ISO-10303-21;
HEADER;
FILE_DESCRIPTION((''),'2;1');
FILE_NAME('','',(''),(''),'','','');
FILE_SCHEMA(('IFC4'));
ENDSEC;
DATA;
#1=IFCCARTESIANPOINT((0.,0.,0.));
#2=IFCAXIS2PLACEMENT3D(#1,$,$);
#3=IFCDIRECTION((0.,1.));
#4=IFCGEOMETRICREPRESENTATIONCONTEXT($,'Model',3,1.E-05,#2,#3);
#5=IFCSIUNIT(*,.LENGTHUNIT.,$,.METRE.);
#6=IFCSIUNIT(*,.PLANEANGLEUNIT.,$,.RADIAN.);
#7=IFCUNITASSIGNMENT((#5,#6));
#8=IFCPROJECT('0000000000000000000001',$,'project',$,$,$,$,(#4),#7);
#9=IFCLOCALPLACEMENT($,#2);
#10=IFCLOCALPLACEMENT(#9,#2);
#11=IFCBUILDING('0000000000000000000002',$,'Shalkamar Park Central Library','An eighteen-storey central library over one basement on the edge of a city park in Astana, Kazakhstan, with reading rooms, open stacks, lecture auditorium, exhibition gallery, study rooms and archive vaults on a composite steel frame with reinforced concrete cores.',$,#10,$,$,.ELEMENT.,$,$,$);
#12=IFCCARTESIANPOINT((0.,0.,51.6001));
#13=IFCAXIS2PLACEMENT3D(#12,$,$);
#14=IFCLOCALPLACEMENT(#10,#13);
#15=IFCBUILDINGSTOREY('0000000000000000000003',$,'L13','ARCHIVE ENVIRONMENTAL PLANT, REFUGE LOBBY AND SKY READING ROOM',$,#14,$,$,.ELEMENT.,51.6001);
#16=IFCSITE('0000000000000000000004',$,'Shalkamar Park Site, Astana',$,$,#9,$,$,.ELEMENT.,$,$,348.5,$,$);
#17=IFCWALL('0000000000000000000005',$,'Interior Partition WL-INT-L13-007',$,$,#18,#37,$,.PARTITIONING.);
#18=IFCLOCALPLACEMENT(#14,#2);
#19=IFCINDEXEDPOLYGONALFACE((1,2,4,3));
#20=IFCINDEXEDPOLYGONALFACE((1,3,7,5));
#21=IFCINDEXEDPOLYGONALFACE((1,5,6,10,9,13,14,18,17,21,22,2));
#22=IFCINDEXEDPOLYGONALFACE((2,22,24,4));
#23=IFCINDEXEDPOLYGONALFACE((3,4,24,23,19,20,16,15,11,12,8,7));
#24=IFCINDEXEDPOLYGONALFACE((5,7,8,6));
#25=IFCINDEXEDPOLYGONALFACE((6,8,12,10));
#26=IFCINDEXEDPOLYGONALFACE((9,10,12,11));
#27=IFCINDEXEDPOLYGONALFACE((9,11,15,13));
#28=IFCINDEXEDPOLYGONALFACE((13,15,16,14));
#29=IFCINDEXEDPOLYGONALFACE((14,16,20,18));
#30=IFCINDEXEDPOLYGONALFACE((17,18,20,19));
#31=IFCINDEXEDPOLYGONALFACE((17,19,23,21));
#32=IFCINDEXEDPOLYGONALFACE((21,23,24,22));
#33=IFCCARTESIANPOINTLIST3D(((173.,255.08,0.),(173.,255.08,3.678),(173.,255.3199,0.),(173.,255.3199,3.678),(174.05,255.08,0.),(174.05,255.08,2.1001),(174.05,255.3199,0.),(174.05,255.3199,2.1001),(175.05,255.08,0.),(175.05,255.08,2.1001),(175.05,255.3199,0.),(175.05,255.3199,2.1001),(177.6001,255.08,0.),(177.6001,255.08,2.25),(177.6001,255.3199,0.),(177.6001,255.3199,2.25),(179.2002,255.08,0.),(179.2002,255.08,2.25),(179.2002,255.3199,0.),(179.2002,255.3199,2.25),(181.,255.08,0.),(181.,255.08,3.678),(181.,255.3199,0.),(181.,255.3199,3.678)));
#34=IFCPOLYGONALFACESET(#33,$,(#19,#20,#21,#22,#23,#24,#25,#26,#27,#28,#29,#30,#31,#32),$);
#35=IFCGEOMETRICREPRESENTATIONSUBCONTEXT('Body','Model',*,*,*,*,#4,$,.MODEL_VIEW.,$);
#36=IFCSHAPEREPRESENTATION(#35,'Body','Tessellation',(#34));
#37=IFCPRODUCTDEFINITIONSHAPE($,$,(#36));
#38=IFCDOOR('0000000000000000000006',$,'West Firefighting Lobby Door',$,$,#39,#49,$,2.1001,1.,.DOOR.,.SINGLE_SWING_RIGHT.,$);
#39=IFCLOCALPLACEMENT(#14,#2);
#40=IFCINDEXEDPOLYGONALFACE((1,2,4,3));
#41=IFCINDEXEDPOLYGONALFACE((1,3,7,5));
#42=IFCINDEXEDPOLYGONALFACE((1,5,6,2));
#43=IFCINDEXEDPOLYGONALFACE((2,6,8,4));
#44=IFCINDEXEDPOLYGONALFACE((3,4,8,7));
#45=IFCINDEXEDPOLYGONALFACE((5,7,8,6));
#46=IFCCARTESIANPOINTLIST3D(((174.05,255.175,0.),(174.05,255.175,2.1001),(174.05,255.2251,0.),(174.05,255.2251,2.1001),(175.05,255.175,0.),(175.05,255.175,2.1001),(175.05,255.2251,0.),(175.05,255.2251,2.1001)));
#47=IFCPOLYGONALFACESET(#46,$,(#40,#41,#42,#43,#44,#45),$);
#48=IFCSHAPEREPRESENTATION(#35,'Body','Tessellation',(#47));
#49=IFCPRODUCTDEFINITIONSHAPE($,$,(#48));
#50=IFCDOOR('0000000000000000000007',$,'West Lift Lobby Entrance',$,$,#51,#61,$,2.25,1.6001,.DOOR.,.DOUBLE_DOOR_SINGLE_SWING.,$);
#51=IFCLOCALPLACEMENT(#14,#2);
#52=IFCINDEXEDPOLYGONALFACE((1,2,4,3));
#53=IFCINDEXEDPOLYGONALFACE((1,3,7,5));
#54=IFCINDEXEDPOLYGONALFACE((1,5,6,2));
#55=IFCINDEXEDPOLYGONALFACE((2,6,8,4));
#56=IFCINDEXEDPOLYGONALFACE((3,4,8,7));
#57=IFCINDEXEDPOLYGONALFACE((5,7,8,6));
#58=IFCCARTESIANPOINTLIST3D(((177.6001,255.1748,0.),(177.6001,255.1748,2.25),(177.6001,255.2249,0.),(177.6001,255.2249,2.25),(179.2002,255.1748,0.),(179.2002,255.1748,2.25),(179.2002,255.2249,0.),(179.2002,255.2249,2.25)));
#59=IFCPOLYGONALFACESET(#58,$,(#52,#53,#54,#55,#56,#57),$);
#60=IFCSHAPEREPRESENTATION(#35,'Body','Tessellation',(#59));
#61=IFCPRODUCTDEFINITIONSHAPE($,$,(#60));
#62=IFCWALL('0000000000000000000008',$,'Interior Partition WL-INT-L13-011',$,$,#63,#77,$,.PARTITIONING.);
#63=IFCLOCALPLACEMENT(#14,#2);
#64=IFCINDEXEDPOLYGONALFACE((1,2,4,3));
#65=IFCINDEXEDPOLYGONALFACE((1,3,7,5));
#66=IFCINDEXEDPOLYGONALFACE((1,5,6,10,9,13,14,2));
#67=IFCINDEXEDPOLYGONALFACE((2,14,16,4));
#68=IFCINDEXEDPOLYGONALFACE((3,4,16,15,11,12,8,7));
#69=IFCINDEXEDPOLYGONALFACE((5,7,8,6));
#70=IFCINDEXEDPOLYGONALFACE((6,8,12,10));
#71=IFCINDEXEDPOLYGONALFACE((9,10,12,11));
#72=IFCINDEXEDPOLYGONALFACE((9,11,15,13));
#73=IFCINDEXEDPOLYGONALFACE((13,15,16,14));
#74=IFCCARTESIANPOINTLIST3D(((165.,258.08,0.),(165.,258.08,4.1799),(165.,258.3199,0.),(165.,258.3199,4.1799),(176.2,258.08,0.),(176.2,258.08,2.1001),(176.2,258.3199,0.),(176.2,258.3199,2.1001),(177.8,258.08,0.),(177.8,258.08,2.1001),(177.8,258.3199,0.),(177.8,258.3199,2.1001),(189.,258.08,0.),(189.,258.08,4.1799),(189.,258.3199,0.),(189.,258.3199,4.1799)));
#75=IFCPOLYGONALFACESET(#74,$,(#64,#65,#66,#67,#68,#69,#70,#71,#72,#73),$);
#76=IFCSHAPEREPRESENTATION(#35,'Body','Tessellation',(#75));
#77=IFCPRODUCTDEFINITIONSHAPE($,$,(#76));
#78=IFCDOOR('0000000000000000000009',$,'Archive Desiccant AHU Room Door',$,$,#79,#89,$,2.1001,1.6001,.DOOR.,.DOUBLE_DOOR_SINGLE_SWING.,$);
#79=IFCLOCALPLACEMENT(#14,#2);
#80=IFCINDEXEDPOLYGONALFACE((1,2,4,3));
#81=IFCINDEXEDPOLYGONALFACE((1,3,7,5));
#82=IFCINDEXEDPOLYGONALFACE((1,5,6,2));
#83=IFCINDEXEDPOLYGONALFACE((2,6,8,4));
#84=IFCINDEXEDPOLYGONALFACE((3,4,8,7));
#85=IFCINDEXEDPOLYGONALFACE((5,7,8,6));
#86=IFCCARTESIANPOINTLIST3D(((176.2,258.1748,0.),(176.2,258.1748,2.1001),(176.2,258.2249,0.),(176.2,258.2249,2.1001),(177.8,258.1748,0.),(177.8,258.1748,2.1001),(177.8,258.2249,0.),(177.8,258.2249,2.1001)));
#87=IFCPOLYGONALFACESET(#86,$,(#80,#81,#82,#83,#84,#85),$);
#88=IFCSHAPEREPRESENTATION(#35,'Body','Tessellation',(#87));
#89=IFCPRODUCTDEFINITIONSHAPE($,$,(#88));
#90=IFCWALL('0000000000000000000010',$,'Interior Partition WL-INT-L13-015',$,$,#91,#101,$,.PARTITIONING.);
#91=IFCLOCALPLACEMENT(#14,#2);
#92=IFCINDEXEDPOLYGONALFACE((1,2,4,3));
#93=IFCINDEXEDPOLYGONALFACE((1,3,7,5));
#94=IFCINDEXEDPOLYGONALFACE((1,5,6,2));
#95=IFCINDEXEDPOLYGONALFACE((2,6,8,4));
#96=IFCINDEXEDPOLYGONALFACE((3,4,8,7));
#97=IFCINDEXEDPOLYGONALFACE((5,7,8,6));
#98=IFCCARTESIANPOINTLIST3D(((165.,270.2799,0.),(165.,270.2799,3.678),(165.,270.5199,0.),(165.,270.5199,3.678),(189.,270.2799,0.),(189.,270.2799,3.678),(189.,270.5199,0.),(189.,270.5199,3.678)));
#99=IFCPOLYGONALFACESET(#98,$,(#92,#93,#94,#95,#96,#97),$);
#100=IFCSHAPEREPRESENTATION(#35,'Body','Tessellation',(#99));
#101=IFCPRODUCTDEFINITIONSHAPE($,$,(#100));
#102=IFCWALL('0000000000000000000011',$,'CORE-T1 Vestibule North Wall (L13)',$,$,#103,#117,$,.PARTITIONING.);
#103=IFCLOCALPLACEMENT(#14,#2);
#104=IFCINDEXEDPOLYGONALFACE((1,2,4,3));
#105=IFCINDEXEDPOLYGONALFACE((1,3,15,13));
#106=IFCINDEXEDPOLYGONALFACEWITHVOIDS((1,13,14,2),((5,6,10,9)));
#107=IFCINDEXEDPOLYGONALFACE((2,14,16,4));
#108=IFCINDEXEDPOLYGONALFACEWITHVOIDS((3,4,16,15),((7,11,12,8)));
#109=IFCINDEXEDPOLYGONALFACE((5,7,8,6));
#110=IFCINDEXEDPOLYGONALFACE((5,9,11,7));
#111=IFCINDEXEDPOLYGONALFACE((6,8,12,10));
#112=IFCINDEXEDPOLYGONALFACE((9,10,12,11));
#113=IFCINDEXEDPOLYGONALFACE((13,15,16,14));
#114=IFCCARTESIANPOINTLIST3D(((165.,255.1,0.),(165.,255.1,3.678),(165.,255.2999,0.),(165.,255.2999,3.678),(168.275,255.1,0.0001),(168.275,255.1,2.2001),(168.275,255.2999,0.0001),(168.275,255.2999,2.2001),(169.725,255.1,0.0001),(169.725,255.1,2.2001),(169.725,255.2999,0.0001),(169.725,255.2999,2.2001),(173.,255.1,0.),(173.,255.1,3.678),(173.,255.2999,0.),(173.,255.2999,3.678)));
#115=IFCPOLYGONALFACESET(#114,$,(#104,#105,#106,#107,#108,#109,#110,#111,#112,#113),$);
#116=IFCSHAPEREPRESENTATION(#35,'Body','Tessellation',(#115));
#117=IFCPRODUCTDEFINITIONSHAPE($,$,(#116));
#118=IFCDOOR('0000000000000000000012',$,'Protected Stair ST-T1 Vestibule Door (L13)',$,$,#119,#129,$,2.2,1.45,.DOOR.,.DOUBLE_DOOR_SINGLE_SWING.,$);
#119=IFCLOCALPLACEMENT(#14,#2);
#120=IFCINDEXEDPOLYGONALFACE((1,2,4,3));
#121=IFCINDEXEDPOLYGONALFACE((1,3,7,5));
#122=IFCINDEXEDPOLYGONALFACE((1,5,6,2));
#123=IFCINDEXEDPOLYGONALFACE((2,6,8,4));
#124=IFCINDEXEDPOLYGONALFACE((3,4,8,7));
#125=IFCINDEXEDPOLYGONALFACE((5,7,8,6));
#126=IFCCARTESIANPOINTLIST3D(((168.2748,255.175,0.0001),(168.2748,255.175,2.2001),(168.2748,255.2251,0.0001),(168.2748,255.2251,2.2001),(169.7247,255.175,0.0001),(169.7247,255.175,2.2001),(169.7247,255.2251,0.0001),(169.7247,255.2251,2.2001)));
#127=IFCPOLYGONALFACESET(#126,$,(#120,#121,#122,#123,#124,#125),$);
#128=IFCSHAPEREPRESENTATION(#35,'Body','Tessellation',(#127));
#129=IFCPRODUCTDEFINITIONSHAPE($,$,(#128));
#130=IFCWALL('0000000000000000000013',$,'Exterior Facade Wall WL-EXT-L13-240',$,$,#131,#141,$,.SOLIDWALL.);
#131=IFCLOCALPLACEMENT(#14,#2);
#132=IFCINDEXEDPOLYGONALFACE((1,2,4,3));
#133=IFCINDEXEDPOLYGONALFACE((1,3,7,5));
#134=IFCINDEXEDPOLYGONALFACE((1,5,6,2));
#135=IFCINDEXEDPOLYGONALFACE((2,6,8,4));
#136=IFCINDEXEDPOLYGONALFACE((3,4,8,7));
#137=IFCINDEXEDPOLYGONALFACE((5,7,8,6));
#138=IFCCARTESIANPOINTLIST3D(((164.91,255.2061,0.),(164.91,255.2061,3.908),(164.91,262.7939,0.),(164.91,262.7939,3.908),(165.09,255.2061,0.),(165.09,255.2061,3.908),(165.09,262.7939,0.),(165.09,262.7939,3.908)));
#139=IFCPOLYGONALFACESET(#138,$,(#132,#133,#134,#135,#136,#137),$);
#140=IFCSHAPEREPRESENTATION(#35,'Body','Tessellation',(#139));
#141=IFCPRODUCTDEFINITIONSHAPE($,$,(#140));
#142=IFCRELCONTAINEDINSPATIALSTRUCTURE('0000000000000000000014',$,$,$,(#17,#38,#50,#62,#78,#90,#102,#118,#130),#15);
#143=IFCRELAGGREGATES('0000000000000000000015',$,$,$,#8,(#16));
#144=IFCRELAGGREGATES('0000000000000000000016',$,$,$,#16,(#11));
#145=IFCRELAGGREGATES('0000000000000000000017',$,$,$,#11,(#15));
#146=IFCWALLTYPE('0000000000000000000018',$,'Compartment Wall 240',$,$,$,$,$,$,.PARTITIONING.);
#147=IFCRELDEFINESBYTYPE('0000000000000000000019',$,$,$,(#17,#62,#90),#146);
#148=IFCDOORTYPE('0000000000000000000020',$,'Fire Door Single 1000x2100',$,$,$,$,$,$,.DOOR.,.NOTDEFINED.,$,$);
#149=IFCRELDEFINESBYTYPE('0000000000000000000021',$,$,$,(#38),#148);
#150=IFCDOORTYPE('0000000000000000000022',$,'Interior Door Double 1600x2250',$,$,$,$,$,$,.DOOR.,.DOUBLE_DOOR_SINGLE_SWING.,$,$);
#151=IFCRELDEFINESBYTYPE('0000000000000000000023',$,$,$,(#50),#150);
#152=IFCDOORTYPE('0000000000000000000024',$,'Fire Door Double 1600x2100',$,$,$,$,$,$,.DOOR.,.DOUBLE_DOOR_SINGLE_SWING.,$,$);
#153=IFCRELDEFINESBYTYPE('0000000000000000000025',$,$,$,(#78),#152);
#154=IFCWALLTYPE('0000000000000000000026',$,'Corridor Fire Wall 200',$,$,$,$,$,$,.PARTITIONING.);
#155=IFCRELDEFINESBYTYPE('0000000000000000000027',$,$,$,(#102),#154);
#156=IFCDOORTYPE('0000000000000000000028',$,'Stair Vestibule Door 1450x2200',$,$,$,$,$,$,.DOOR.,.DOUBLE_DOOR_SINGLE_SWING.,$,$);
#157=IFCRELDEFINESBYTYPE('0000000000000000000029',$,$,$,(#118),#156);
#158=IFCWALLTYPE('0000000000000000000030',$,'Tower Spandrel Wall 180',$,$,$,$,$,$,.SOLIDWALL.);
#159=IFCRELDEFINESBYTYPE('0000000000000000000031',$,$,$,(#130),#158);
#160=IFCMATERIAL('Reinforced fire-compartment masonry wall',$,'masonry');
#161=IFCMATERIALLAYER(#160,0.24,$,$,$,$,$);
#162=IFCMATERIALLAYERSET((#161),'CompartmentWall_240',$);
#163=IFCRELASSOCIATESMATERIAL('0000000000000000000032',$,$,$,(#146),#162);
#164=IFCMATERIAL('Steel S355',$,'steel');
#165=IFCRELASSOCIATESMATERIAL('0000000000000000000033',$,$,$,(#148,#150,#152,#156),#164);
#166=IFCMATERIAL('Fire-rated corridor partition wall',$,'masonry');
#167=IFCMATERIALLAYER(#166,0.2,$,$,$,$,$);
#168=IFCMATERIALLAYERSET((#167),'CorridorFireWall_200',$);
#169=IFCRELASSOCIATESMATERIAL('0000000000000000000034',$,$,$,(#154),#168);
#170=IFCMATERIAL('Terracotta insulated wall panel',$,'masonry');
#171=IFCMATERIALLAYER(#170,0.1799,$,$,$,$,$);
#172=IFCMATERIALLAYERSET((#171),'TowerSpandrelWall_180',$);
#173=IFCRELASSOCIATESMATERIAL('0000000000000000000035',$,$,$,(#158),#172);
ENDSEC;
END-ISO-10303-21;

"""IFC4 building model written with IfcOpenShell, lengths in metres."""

from ifc_helpers import new_model, si_unit, direction, frame, frame_2d, origin, place, context, subcontext, project, spatial, rectangle, extrude, material, layer, layer_set, type_object, element, fill, save


model = new_model("IFC4")

# Units and contexts
model_context = context("Model", 3, precision=1e-05, world=origin(), true_north=direction((0.0, 1.0)))
body_context = subcontext(model_context, "Body", "Model", "MODEL_VIEW")
ifc_project = project(units=[si_unit("LENGTHUNIT", "METRE"), si_unit("PLANEANGLEUNIT", "RADIAN")], contexts=[model_context])

# Site, building, storey
site_placement = place(None, origin())
site = spatial("IfcSite", under=ifc_project, at=site_placement, Name="Shalkamar Park Site, Astana", CompositionType="ELEMENT", RefElevation=348.5)
building_placement = place(site_placement, origin())
building = spatial("IfcBuilding", under=site, at=building_placement, Name="Shalkamar Park Central Library", Description="An eighteen-storey central library over one basement on the edge of a city park in Astana, Kazakhstan, with reading rooms, open stacks, lecture auditorium, exhibition gallery, study rooms and archive vaults on a composite steel frame with reinforced concrete cores.", CompositionType="ELEMENT")
storey_placement = place(building_placement, frame((0.0, 0.0, 51.6001)))
storey = spatial("IfcBuildingStorey", under=building, at=storey_placement, Name="L13", Description="ARCHIVE ENVIRONMENTAL PLANT, REFUGE LOBBY AND SKY READING ROOM", CompositionType="ELEMENT", Elevation=51.6001)

# Shared definitions
ifc_material_1 = material(Name="Steel S355", Category="steel")

# Wall, openings, doors
ifc_material_2 = material(Name="Reinforced fire-compartment masonry wall", Category="masonry")
ifc_layer_1 = layer(ifc_material_2, 0.24)
ifc_layer_set_1 = layer_set([ifc_layer_1], Name="CompartmentWall_240")
wall_type_1 = type_object("IfcWallType", Name="Compartment Wall 240", PredefinedType="PARTITIONING", material=ifc_layer_set_1)
wall_1_placement = place(storey_placement, frame((173.0, 255.2, 0.0), z_axis=(0.0, 0.0, 1.0), x_axis=(1.0, 0.0, 0.0)))
wall_1 = element("IfcWall", 1, at=wall_1_placement, inside=storey, type_object=wall_type_1, Name="Interior Partition WL-INT-L13-007", PredefinedType="PARTITIONING", context=body_context, shape_type="SweptSolid", body=[
    extrude(rectangle(XDim=8.0, YDim=0.24, at=frame_2d((4.0, 0.0))), origin(), (0.0, 0.0, 1.0), 3.678),
])
opening_1_placement = place(wall_1_placement, frame((1.05, 0.0, 0.0)))
opening_1 = element("IfcOpeningElement", 2, at=opening_1_placement, cuts=wall_1, PredefinedType="OPENING", context=body_context, shape_type="SweptSolid", body=[
    extrude(rectangle(XDim=1.0, YDim=2.1001, at=frame_2d((0.5, 1.05))), frame((0.0, 0.1348, 0.0), z_axis=(0.0, -1.0, 0.0), x_axis=(1.0, 0.0, 0.0)), (0.0, 0.0, 1.0), 0.2698),
])
opening_2_placement = place(wall_1_placement, frame((4.6001, 0.0, 0.0)))
opening_2 = element("IfcOpeningElement", 3, at=opening_2_placement, cuts=wall_1, PredefinedType="OPENING", context=body_context, shape_type="SweptSolid", body=[
    extrude(rectangle(XDim=1.6001, YDim=2.25, at=frame_2d((0.8, 1.125))), frame((0.0, 0.1348, 0.0), z_axis=(0.0, -1.0, 0.0), x_axis=(1.0, 0.0, 0.0)), (0.0, 0.0, 1.0), 0.2698),
])
door_type_1 = type_object("IfcDoorType", Name="Fire Door Single 1000x2100", OperationType="NOTDEFINED", PredefinedType="DOOR", material=ifc_material_1)
door_1_placement = place(opening_1_placement, frame((1.0, 0.0, 0.0), z_axis=(0.0, 0.0, 1.0), x_axis=(-1.0, 0.0, 0.0)))
door_1 = element("IfcDoor", 4, at=door_1_placement, inside=storey, type_object=door_type_1, Name="West Firefighting Lobby Door", OperationType="SINGLE_SWING_RIGHT", OverallHeight=2.1001, OverallWidth=1.0, PredefinedType="DOOR", context=body_context, shape_type="SweptSolid", body=[
    extrude(rectangle(XDim=1.0, YDim=2.1001, at=frame_2d((0.5, 1.05))), frame((0.0, 0.0249, 0.0), z_axis=(0.0, -1.0, 0.0), x_axis=(1.0, 0.0, 0.0)), (0.0, 0.0, 1.0), 0.05),
])
fill(opening_1, door_1)
door_type_2 = type_object("IfcDoorType", Name="Interior Door Double 1600x2250", OperationType="DOUBLE_DOOR_SINGLE_SWING", PredefinedType="DOOR", material=ifc_material_1)
door_2_placement = place(opening_2_placement, origin())
door_2 = element("IfcDoor", 5, at=door_2_placement, inside=storey, type_object=door_type_2, Name="West Lift Lobby Entrance", OperationType="DOUBLE_DOOR_SINGLE_SWING", OverallHeight=2.25, OverallWidth=1.6001, PredefinedType="DOOR", context=body_context, shape_type="SweptSolid", body=[
    extrude(rectangle(XDim=1.6001, YDim=2.25, at=frame_2d((0.8, 1.125))), frame((0.0, 0.0249, 0.0), z_axis=(0.0, -1.0, 0.0), x_axis=(1.0, 0.0, 0.0)), (0.0, 0.0, 1.0), 0.05),
])
fill(opening_2, door_2)

# Wall, opening, door
wall_2_placement = place(storey_placement, frame((165.0, 258.2, 0.0), z_axis=(0.0, 0.0, 1.0), x_axis=(1.0, 0.0, 0.0)))
wall_2 = element("IfcWall", 6, at=wall_2_placement, inside=storey, type_object=wall_type_1, Name="Interior Partition WL-INT-L13-011", PredefinedType="PARTITIONING", context=body_context, shape_type="SweptSolid", body=[
    extrude(rectangle(XDim=24.0, YDim=0.24, at=frame_2d((12.0, 0.0))), origin(), (0.0, 0.0, 1.0), 4.1799),
])
opening_3_placement = place(wall_2_placement, frame((11.2, 0.0, 0.0)))
opening_3 = element("IfcOpeningElement", 7, at=opening_3_placement, cuts=wall_2, PredefinedType="OPENING", context=body_context, shape_type="SweptSolid", body=[
    extrude(rectangle(XDim=1.6001, YDim=2.1001, at=frame_2d((0.8, 1.05))), frame((0.0, 0.1348, 0.0), z_axis=(0.0, -1.0, 0.0), x_axis=(1.0, 0.0, 0.0)), (0.0, 0.0, 1.0), 0.2698),
])
door_type_3 = type_object("IfcDoorType", Name="Fire Door Double 1600x2100", OperationType="DOUBLE_DOOR_SINGLE_SWING", PredefinedType="DOOR", material=ifc_material_1)
door_3_placement = place(opening_3_placement, origin())
door_3 = element("IfcDoor", 8, at=door_3_placement, inside=storey, type_object=door_type_3, Name="Archive Desiccant AHU Room Door", OperationType="DOUBLE_DOOR_SINGLE_SWING", OverallHeight=2.1001, OverallWidth=1.6001, PredefinedType="DOOR", context=body_context, shape_type="SweptSolid", body=[
    extrude(rectangle(XDim=1.6001, YDim=2.1001, at=frame_2d((0.8, 1.05))), frame((0.0, 0.0249, 0.0), z_axis=(0.0, -1.0, 0.0), x_axis=(1.0, 0.0, 0.0)), (0.0, 0.0, 1.0), 0.05),
])
fill(opening_3, door_3)

# Wall
wall_3_placement = place(storey_placement, frame((165.0, 270.3999, 0.0), z_axis=(0.0, 0.0, 1.0), x_axis=(1.0, 0.0, 0.0)))
element("IfcWall", 9, at=wall_3_placement, inside=storey, type_object=wall_type_1, Name="Interior Partition WL-INT-L13-015", PredefinedType="PARTITIONING", context=body_context, shape_type="SweptSolid", body=[
    extrude(rectangle(XDim=24.0, YDim=0.24, at=frame_2d((12.0, 0.0))), origin(), (0.0, 0.0, 1.0), 3.678),
])

# Wall, opening, door
ifc_material_3 = material(Name="Fire-rated corridor partition wall", Category="masonry")
ifc_layer_2 = layer(ifc_material_3, 0.2)
ifc_layer_set_2 = layer_set([ifc_layer_2], Name="CorridorFireWall_200")
wall_type_2 = type_object("IfcWallType", Name="Corridor Fire Wall 200", PredefinedType="PARTITIONING", material=ifc_layer_set_2)
wall_4_placement = place(storey_placement, frame((165.0, 255.2, 0.0), z_axis=(0.0, 0.0, 1.0), x_axis=(1.0, 0.0, 0.0)))
wall_4 = element("IfcWall", 10, at=wall_4_placement, inside=storey, type_object=wall_type_2, Name="CORE-T1 Vestibule North Wall (L13)", PredefinedType="PARTITIONING", context=body_context, shape_type="SweptSolid", body=[
    extrude(rectangle(XDim=8.0, YDim=0.2, at=frame_2d((4.0, 0.0))), origin(), (0.0, 0.0, 1.0), 3.678),
])
opening_4_placement = place(wall_4_placement, frame((3.2749, 0.0, 0.0)))
opening_4 = element("IfcOpeningElement", 11, at=opening_4_placement, cuts=wall_4, PredefinedType="OPENING", context=body_context, shape_type="SweptSolid", body=[
    extrude(rectangle(XDim=1.45, YDim=2.2, at=frame_2d((0.7251, 1.1001))), frame((0.0, 0.1147, 0.0), z_axis=(0.0, -1.0, 0.0), x_axis=(1.0, 0.0, 0.0)), (0.0, 0.0, 1.0), 0.2297),
])
door_type_4 = type_object("IfcDoorType", Name="Stair Vestibule Door 1450x2200", OperationType="DOUBLE_DOOR_SINGLE_SWING", PredefinedType="DOOR", material=ifc_material_1)
door_4_placement = place(opening_4_placement, frame((1.45, 0.0, 0.0), z_axis=(0.0, 0.0, 1.0), x_axis=(-1.0, 0.0, 0.0)))
door_4 = element("IfcDoor", 12, at=door_4_placement, inside=storey, type_object=door_type_4, Name="Protected Stair ST-T1 Vestibule Door (L13)", OperationType="DOUBLE_DOOR_SINGLE_SWING", OverallHeight=2.2, OverallWidth=1.45, PredefinedType="DOOR", context=body_context, shape_type="SweptSolid", body=[
    extrude(rectangle(XDim=1.45, YDim=2.2, at=frame_2d((0.7251, 1.1001))), frame((0.0, 0.0249, 0.0), z_axis=(0.0, -1.0, 0.0), x_axis=(1.0, 0.0, 0.0)), (0.0, 0.0, 1.0), 0.05),
])
fill(opening_4, door_4)

# Wall
ifc_material_4 = material(Name="Terracotta insulated wall panel", Category="masonry")
ifc_layer_3 = layer(ifc_material_4, 0.1799)
ifc_layer_set_3 = layer_set([ifc_layer_3], Name="TowerSpandrelWall_180")
wall_type_3 = type_object("IfcWallType", Name="Tower Spandrel Wall 180", PredefinedType="SOLIDWALL", material=ifc_layer_set_3)
wall_5_placement = place(storey_placement, frame((165.0, 255.2061, 0.0), z_axis=(0.0, 0.0, 1.0), x_axis=(0.0, 1.0, 0.0)))
element("IfcWall", 13, at=wall_5_placement, inside=storey, type_object=wall_type_3, Name="Exterior Facade Wall WL-EXT-L13-240", PredefinedType="SOLIDWALL", context=body_context, shape_type="SweptSolid", body=[
    extrude(rectangle(XDim=7.5879, YDim=0.1799, at=frame_2d((3.7939, 0.0))), origin(), (0.0, 0.0, 1.0), 3.908),
])

save(model, "model.ifc")
